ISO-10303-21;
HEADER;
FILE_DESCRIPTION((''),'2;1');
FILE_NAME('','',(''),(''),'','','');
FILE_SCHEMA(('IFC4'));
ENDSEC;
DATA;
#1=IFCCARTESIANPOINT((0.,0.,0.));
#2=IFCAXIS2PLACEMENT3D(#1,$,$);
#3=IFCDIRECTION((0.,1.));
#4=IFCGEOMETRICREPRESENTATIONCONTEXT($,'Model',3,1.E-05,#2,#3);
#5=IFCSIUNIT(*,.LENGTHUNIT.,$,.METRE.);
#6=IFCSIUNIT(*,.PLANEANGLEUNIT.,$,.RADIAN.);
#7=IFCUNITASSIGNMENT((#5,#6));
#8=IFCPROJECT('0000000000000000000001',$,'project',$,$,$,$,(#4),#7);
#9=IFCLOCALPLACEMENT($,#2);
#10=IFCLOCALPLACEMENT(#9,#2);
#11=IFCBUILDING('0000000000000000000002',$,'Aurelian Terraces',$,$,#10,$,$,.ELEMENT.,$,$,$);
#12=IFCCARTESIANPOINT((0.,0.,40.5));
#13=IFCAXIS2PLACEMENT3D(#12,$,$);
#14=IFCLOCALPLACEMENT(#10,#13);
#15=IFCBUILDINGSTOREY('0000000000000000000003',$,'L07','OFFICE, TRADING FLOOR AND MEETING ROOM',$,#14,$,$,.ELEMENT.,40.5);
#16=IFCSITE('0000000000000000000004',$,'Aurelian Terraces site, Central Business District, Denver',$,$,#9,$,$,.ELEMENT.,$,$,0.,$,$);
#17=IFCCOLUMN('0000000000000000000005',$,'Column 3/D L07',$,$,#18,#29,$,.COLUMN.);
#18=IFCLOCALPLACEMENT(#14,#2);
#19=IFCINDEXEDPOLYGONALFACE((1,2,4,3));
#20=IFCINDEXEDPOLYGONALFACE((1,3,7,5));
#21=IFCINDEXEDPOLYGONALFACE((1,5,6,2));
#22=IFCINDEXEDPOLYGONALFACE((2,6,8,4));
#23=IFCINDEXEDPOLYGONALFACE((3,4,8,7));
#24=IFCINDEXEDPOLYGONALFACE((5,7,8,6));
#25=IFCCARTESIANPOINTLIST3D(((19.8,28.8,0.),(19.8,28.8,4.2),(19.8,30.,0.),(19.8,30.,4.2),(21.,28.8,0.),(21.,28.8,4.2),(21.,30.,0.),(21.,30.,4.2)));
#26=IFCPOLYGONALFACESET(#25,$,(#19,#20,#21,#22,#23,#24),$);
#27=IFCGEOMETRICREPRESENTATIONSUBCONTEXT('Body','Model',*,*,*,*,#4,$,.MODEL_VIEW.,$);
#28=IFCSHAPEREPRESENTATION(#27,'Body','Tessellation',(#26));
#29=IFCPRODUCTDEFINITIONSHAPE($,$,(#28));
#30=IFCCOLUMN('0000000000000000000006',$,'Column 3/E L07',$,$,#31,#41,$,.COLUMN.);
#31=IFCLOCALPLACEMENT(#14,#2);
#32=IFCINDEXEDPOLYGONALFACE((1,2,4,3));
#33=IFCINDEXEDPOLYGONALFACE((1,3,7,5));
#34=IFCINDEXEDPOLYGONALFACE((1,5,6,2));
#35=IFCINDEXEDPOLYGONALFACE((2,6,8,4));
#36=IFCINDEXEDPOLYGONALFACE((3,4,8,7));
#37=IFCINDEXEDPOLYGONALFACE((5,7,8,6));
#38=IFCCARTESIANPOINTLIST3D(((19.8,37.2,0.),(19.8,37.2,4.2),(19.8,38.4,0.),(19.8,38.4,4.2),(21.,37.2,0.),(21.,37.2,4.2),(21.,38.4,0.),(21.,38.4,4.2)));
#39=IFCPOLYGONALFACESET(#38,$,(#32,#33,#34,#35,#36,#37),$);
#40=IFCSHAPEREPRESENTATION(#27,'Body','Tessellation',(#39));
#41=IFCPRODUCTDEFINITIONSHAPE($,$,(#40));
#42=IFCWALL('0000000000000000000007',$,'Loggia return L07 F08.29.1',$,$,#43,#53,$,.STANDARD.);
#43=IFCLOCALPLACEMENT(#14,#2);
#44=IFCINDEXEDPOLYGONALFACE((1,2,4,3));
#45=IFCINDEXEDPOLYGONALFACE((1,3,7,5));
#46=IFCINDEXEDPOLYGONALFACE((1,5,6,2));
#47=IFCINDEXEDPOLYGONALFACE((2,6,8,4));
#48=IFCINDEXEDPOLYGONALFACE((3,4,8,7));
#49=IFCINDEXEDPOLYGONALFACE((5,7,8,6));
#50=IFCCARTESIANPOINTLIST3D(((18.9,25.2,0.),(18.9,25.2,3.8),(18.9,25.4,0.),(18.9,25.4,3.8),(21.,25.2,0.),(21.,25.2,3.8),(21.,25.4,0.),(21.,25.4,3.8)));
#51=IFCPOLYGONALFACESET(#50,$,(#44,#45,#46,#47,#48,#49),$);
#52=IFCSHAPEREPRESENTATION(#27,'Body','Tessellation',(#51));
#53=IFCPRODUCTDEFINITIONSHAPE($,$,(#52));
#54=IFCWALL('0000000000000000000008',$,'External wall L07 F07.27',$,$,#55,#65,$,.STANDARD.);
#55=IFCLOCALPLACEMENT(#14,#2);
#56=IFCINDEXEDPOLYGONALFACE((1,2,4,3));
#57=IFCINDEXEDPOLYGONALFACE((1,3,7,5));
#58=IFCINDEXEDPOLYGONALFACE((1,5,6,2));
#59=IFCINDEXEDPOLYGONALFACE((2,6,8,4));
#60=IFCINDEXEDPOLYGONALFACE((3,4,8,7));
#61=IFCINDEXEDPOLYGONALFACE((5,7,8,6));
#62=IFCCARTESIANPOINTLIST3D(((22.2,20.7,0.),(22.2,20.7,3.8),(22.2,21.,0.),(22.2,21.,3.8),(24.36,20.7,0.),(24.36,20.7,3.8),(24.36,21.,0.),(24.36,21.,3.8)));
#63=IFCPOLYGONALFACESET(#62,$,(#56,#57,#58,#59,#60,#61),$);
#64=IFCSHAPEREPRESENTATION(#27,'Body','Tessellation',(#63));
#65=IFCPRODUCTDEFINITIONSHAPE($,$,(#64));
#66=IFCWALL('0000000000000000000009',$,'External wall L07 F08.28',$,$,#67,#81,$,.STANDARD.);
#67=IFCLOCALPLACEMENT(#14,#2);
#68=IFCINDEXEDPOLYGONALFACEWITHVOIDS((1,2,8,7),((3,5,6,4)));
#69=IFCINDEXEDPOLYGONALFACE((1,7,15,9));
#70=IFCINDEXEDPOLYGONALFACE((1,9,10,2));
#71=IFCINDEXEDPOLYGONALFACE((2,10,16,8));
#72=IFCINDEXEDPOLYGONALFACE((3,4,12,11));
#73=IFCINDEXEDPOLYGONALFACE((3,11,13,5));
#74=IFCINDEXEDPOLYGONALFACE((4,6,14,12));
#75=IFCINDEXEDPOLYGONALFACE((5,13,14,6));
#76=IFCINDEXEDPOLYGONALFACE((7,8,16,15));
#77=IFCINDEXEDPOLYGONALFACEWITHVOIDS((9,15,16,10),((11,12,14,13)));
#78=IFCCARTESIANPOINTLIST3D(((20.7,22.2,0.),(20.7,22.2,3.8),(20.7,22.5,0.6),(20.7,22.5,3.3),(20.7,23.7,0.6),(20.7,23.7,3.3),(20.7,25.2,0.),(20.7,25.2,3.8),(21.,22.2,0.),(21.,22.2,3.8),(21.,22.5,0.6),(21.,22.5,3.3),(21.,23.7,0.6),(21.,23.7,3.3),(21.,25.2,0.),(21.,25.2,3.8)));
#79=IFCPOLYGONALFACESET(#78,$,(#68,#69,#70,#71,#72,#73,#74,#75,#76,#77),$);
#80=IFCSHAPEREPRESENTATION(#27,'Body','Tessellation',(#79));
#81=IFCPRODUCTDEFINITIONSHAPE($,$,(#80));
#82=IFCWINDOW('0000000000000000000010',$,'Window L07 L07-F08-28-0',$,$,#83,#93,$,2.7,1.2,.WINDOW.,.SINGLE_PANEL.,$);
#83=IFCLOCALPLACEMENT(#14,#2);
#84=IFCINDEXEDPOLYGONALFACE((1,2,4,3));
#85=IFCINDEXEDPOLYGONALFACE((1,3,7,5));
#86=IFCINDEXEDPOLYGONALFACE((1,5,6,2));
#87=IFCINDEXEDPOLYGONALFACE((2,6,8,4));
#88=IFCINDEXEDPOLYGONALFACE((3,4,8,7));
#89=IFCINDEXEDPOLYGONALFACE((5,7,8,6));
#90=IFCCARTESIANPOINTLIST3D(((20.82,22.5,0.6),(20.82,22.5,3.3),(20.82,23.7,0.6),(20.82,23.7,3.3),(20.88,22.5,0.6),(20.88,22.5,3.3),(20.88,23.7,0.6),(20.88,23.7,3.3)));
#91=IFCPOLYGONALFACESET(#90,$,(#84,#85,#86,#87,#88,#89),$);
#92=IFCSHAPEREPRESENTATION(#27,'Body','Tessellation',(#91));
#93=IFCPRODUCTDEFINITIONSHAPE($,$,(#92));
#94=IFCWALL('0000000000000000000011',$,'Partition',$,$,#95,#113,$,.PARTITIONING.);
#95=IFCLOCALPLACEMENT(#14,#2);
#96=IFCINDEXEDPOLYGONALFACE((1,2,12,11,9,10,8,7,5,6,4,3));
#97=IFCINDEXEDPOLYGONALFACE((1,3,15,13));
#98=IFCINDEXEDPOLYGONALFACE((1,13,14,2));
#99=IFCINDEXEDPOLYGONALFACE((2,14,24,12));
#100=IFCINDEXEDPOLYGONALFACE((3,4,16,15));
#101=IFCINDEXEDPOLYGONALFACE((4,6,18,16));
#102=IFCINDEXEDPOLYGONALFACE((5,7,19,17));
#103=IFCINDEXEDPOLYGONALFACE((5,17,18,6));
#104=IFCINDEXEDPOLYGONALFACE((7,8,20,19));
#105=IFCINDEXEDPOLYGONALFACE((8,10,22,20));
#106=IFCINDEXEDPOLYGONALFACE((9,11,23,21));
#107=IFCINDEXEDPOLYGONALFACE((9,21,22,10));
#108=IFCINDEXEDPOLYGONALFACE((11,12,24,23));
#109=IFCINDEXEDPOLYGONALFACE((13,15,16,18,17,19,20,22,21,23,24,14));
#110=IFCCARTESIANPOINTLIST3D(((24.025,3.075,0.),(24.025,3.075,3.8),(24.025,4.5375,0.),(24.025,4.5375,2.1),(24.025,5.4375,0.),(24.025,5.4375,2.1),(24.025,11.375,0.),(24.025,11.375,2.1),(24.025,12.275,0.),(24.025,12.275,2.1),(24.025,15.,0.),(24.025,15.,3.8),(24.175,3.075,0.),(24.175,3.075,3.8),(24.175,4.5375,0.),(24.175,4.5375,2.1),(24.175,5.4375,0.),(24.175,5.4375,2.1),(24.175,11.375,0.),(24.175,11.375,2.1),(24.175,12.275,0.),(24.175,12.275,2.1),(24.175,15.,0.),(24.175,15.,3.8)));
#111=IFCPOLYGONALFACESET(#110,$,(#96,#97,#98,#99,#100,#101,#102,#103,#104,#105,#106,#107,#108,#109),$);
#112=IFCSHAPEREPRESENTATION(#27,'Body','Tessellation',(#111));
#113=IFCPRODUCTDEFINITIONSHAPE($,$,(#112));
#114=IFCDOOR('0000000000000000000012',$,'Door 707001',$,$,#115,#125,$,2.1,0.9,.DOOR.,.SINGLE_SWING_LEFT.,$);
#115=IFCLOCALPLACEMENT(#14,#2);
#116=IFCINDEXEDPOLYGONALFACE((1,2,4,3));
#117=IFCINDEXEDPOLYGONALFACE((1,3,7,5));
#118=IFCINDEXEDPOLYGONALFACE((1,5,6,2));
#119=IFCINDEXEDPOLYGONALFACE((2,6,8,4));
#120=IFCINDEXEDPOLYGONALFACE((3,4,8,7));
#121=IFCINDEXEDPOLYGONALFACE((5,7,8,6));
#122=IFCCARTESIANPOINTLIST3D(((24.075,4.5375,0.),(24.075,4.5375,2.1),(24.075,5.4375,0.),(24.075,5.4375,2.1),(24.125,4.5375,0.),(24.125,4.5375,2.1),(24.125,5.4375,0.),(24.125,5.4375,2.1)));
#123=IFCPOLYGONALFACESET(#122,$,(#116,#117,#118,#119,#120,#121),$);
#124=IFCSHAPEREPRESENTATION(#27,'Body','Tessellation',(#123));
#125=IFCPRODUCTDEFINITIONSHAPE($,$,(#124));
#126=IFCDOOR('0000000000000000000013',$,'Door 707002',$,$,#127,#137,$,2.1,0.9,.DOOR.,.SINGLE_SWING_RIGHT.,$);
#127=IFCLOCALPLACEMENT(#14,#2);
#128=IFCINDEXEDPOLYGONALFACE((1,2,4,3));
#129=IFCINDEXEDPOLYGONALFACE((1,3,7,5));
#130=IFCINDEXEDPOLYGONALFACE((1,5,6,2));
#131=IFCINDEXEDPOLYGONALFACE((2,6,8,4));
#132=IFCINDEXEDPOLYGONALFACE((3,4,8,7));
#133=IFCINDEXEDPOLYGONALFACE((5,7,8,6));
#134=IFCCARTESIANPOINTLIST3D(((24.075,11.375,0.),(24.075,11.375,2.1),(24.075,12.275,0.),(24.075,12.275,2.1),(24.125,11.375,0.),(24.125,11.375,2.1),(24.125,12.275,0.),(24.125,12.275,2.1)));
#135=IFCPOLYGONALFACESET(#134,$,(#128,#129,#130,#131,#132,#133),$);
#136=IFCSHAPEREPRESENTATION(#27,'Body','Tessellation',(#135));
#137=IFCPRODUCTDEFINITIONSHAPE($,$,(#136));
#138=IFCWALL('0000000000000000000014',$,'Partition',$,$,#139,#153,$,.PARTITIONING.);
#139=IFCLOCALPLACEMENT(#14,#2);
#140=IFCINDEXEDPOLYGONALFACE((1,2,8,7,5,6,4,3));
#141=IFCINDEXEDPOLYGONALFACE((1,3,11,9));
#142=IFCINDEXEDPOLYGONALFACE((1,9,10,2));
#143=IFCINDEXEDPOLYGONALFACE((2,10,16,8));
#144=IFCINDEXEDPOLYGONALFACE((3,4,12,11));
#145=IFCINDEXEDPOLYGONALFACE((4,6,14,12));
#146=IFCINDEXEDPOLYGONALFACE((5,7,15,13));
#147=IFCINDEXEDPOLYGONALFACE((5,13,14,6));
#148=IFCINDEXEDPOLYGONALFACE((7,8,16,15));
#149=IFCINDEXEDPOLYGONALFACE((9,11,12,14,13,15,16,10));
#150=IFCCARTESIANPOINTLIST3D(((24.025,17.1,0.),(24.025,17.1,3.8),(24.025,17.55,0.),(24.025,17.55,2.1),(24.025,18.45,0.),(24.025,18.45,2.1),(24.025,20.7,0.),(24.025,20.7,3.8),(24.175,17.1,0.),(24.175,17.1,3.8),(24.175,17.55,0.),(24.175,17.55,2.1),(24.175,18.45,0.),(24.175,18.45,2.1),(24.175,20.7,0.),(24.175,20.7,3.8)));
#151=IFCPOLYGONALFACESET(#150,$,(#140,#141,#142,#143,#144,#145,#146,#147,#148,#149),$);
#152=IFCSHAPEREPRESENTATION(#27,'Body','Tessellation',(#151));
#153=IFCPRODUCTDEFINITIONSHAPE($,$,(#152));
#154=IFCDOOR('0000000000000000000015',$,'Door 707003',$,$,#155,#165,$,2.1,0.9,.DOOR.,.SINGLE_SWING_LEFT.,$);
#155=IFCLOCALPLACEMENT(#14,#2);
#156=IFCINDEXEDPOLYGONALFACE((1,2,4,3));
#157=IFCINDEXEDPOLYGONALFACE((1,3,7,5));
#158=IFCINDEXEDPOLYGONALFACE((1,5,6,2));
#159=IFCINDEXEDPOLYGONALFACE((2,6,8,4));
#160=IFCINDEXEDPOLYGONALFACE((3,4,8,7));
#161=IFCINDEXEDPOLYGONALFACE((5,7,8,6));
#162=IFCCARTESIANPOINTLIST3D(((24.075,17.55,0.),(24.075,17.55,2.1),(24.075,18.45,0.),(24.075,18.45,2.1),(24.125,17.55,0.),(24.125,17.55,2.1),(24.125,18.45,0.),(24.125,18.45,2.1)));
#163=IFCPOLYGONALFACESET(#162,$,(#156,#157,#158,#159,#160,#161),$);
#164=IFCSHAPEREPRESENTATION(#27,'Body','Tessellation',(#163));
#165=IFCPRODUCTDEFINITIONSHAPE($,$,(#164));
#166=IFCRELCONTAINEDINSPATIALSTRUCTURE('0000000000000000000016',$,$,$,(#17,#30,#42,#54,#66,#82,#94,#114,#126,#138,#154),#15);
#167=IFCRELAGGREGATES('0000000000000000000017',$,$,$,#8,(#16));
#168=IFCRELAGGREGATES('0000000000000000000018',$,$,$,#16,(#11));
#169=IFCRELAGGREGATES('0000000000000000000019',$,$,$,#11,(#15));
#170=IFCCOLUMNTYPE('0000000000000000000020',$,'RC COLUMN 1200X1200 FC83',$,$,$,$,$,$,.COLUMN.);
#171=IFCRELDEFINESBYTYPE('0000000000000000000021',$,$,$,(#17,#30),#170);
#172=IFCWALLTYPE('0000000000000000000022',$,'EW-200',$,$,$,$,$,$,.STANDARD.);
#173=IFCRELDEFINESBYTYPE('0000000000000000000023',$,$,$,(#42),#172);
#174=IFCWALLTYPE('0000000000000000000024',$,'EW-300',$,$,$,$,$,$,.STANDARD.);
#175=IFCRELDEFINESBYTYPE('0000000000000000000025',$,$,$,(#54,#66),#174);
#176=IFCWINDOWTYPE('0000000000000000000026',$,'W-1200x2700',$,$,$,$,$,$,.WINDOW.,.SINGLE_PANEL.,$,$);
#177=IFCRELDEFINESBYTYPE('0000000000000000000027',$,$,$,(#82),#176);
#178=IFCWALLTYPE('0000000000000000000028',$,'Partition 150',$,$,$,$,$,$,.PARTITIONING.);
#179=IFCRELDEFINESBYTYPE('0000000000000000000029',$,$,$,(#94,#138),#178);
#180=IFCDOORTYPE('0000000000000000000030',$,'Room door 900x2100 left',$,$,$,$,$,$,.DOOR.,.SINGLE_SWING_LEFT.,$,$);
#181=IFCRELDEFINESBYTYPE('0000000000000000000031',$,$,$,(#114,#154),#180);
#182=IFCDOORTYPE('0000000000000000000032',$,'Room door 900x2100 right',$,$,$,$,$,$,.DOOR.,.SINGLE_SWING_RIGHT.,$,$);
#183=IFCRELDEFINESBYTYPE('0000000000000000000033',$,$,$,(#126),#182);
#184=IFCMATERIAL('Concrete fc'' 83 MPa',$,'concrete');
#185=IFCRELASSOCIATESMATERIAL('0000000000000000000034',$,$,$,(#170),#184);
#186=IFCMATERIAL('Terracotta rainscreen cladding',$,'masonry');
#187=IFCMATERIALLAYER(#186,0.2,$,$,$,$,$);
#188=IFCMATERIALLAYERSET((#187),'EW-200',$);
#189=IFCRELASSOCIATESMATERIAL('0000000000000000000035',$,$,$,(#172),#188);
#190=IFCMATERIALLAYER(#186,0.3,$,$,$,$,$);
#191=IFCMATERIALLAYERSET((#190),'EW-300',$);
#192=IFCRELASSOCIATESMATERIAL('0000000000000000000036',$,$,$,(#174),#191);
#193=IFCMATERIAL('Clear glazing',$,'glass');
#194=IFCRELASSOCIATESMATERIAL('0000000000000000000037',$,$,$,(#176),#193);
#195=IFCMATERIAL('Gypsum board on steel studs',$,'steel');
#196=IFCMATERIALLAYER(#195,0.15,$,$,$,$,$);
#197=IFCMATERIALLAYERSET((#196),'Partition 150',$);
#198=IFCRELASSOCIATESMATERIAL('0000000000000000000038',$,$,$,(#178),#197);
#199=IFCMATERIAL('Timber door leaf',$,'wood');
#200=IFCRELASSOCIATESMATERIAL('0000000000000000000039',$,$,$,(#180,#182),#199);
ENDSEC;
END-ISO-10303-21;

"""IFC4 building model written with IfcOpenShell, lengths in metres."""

from ifc_helpers import new_model, si_unit, direction, frame, frame_2d, origin, origin_2d, place, context, subcontext, project, spatial, rectangle, extrude, source, transform, mapped, material, layer, layer_set, material_profile, profile_set, type_object, element, fill, save


model = new_model("IFC4")

# Units and contexts
model_context = context("Model", 3, precision=1e-05, world=origin(), true_north=direction((0.0, 1.0)))
body_context = subcontext(model_context, "Body", "Model", "MODEL_VIEW")
ifc_project = project(units=[si_unit("LENGTHUNIT", "METRE"), si_unit("PLANEANGLEUNIT", "RADIAN")], contexts=[model_context])

# Site, building, storey
site_placement = place(None, origin())
site = spatial("IfcSite", under=ifc_project, at=site_placement, Name="Aurelian Terraces site, Central Business District, Denver", CompositionType="ELEMENT", RefElevation=0.0)
building_placement = place(site_placement, origin())
building = spatial("IfcBuilding", under=site, at=building_placement, Name="Aurelian Terraces", CompositionType="ELEMENT")
storey_placement = place(building_placement, frame((0.0, 0.0, 40.5)))
storey = spatial("IfcBuildingStorey", under=building, at=storey_placement, Name="L07", Description="OFFICE, TRADING FLOOR AND MEETING ROOM", CompositionType="ELEMENT", Elevation=40.5)

# Columns
ifc_material_1 = material(Name="Concrete fc' 83 MPa", Category="concrete")
ifc_material_profile = material_profile(ifc_material_1, rectangle(XDim=1.2, YDim=1.2, at=origin_2d()))
ifc_profile_set = profile_set([ifc_material_profile], Name="Concrete fc' 83 MPa")
column_type = type_object("IfcColumnType", Name="RC COLUMN 1200X1200 FC83", PredefinedType="COLUMN", material=ifc_profile_set)
shared_shape_1 = source(origin(), body_context, "Body", "SweptSolid", [
    extrude(rectangle(XDim=1.2, YDim=1.2, at=origin_2d()), origin(), (0.0, 0.0, 1.0), 4.2),
])
for number, where, z_axis, x_axis, name in (
    (1, (20.4, 29.4, 0.0), (0.0, 0.0, 1.0), (1.0, 0.0, 0.0), "Column 3/D L07"),
    (2, (20.4, 37.8, 0.0), (0.0, 0.0, 1.0), (1.0, 0.0, 0.0), "Column 3/E L07"),
):
    element("IfcColumn", number, at=place(storey_placement, frame(where, z_axis=z_axis, x_axis=x_axis)), inside=storey, type_object=column_type, Name=name, PredefinedType="COLUMN", context=body_context, shape_type="MappedRepresentation", body=[
        mapped(shared_shape_1, transform((0.0, 0.0, 0.0), scale=1.0)),
    ])

# Walls
ifc_material_2 = material(Name="Terracotta rainscreen cladding", Category="masonry")
ifc_layer_1 = layer(ifc_material_2, 0.2)
ifc_layer_set_1 = layer_set([ifc_layer_1], Name="EW-200")
wall_type_1 = type_object("IfcWallType", Name="EW-200", PredefinedType="STANDARD", material=ifc_layer_set_1)
wall_1_placement = place(storey_placement, frame((21.0, 25.3, 0.0), z_axis=(0.0, 0.0, 1.0), x_axis=(-1.0, 0.0, 0.0)))
element("IfcWall", 3, at=wall_1_placement, inside=storey, type_object=wall_type_1, Name="Loggia return L07 F08.29.1", PredefinedType="STANDARD", context=body_context, shape_type="SweptSolid", body=[
    extrude(rectangle(XDim=2.1, YDim=0.2, at=frame_2d((1.05, 0.0))), origin(), (0.0, 0.0, 1.0), 3.8),
])
ifc_layer_2 = layer(ifc_material_2, 0.3)
ifc_layer_set_2 = layer_set([ifc_layer_2], Name="EW-300")
wall_type_2 = type_object("IfcWallType", Name="EW-300", PredefinedType="STANDARD", material=ifc_layer_set_2)
wall_2_placement = place(storey_placement, frame((24.36, 20.85, 0.0), z_axis=(0.0, 0.0, 1.0), x_axis=(-1.0, 0.0, 0.0)))
element("IfcWall", 4, at=wall_2_placement, inside=storey, type_object=wall_type_2, Name="External wall L07 F07.27", PredefinedType="STANDARD", context=body_context, shape_type="SweptSolid", body=[
    extrude(rectangle(XDim=2.16, YDim=0.3, at=frame_2d((1.08, 0.0))), origin(), (0.0, 0.0, 1.0), 3.8),
])

# Wall, opening, window
wall_3_placement = place(storey_placement, frame((20.85, 22.2, 0.0), z_axis=(0.0, 0.0, 1.0), x_axis=(0.0, 1.0, 0.0)))
wall_3 = element("IfcWall", 5, at=wall_3_placement, inside=storey, type_object=wall_type_2, Name="External wall L07 F08.28", PredefinedType="STANDARD", context=body_context, shape_type="SweptSolid", body=[
    extrude(rectangle(XDim=3.0, YDim=0.3, at=frame_2d((1.5, 0.0))), origin(), (0.0, 0.0, 1.0), 3.8),
])
shared_shape_2 = source(origin(), body_context, "Body", "SweptSolid", [
    extrude(rectangle(XDim=1.2, YDim=2.7, at=frame_2d((0.6, 1.35))), frame((0.0, 0.16, 0.0), z_axis=(0.0, -1.0, 0.0), x_axis=(1.0, 0.0, 0.0)), (0.0, 0.0, 1.0), 0.32),
])
opening_1_placement = place(wall_3_placement, frame((0.3, 0.0, 0.6)))
opening_1 = element("IfcOpeningElement", 6, at=opening_1_placement, cuts=wall_3, PredefinedType="OPENING", context=body_context, shape_type="MappedRepresentation", body=[
    mapped(shared_shape_2, transform((0.0, 0.0, 0.0), scale=1.0)),
])
ifc_material_3 = material(Name="Clear glazing", Category="glass")
window_type_1 = type_object("IfcWindowType", Name="W-1200x2700", PartitioningType="SINGLE_PANEL", PredefinedType="WINDOW", material=ifc_material_3)
shared_shape_3 = source(origin(), body_context, "Body", "SweptSolid", [
    extrude(rectangle(XDim=1.2, YDim=2.7, at=frame_2d((0.6, 1.35))), frame((0.0, 0.03, 0.0), z_axis=(0.0, -1.0, 0.0), x_axis=(1.0, 0.0, 0.0)), (0.0, 0.0, 1.0), 0.06),
])
window_1_placement = place(opening_1_placement, origin())
window_1 = element("IfcWindow", 7, at=window_1_placement, inside=storey, type_object=window_type_1, Name="Window L07 L07-F08-28-0", OverallHeight=2.7, OverallWidth=1.2, PartitioningType="SINGLE_PANEL", PredefinedType="WINDOW", context=body_context, shape_type="MappedRepresentation", body=[
    mapped(shared_shape_3, transform((0.0, 0.0, 0.0), scale=1.0)),
])
fill(opening_1, window_1)

# Wall, openings, doors
ifc_material_4 = material(Name="Gypsum board on steel studs", Category="steel")
ifc_layer_3 = layer(ifc_material_4, 0.15)
ifc_layer_set_3 = layer_set([ifc_layer_3], Name="Partition 150")
wall_type_3 = type_object("IfcWallType", Name="Partition 150", PredefinedType="PARTITIONING", material=ifc_layer_set_3)
wall_4_placement = place(storey_placement, frame((24.1, 15.0, 0.0), z_axis=(0.0, 0.0, 1.0), x_axis=(0.0, -1.0, 0.0)))
wall_4 = element("IfcWall", 8, at=wall_4_placement, inside=storey, type_object=wall_type_3, Name="Partition", PredefinedType="PARTITIONING", context=body_context, shape_type="SweptSolid", body=[
    extrude(rectangle(XDim=11.925, YDim=0.15, at=frame_2d((5.9625, 0.0))), origin(), (0.0, 0.0, 1.0), 3.8),
])
opening_2_placement = place(wall_4_placement, frame((9.5625, 0.0, 0.0)))
opening_2 = element("IfcOpeningElement", 9, at=opening_2_placement, cuts=wall_4, PredefinedType="OPENING", context=body_context, shape_type="SweptSolid", body=[
    extrude(rectangle(XDim=0.9, YDim=2.1, at=frame_2d((0.45, 1.05))), frame((0.0, 0.085, 0.0), z_axis=(0.0, -1.0, 0.0), x_axis=(1.0, 0.0, 0.0)), (0.0, 0.0, 1.0), 0.17),
])
shared_shape_4 = source(origin(), body_context, "Body", "SweptSolid", [
    extrude(rectangle(XDim=0.9, YDim=2.1, at=frame_2d((0.45, 1.05))), frame((0.0, 0.085, 0.0), z_axis=(0.0, -1.0, 0.0), x_axis=(1.0, 0.0, 0.0)), (0.0, 0.0, 1.0), 0.17),
])
opening_3_placement = place(wall_4_placement, frame((2.725, 0.0, 0.0)))
opening_3 = element("IfcOpeningElement", 10, at=opening_3_placement, cuts=wall_4, PredefinedType="OPENING", context=body_context, shape_type="MappedRepresentation", body=[
    mapped(shared_shape_4, transform((0.0, 0.0, 0.0), scale=1.0)),
])
ifc_material_5 = material(Name="Timber door leaf", Category="wood")
door_type_1 = type_object("IfcDoorType", Name="Room door 900x2100 left", OperationType="SINGLE_SWING_LEFT", PredefinedType="DOOR", material=ifc_material_5)
shared_shape_5 = source(origin(), body_context, "Body", "SweptSolid", [
    extrude(rectangle(XDim=0.9, YDim=2.1, at=frame_2d((0.45, 1.05))), frame((0.0, 0.025, 0.0), z_axis=(0.0, -1.0, 0.0), x_axis=(1.0, 0.0, 0.0)), (0.0, 0.0, 1.0), 0.05),
])
door_1_placement = place(opening_2_placement, origin())
door_1 = element("IfcDoor", 11, at=door_1_placement, inside=storey, type_object=door_type_1, Name="Door 707001", OperationType="SINGLE_SWING_LEFT", OverallHeight=2.1, OverallWidth=0.9, PredefinedType="DOOR", context=body_context, shape_type="MappedRepresentation", body=[
    mapped(shared_shape_5, transform((0.0, 0.0, 0.0), scale=1.0)),
])
fill(opening_2, door_1)
door_type_2 = type_object("IfcDoorType", Name="Room door 900x2100 right", OperationType="SINGLE_SWING_RIGHT", PredefinedType="DOOR", material=ifc_material_5)
door_2_placement = place(opening_3_placement, origin())
door_2 = element("IfcDoor", 12, at=door_2_placement, inside=storey, type_object=door_type_2, Name="Door 707002", OperationType="SINGLE_SWING_RIGHT", OverallHeight=2.1, OverallWidth=0.9, PredefinedType="DOOR", context=body_context, shape_type="MappedRepresentation", body=[
    mapped(shared_shape_5, transform((0.0, 0.0, 0.0), scale=1.0)),
])
fill(opening_3, door_2)

# Wall, opening, door
wall_5_placement = place(storey_placement, frame((24.1, 20.7, 0.0), z_axis=(0.0, 0.0, 1.0), x_axis=(0.0, -1.0, 0.0)))
wall_5 = element("IfcWall", 13, at=wall_5_placement, inside=storey, type_object=wall_type_3, Name="Partition", PredefinedType="PARTITIONING", context=body_context, shape_type="SweptSolid", body=[
    extrude(rectangle(XDim=3.6, YDim=0.15, at=frame_2d((1.8, 0.0))), origin(), (0.0, 0.0, 1.0), 3.8),
])
opening_4_placement = place(wall_5_placement, frame((2.25, 0.0, 0.0)))
opening_4 = element("IfcOpeningElement", 14, at=opening_4_placement, cuts=wall_5, PredefinedType="OPENING", context=body_context, shape_type="MappedRepresentation", body=[
    mapped(shared_shape_4, transform((0.0, 0.0, 0.0), scale=1.0)),
])
door_3_placement = place(opening_4_placement, origin())
door_3 = element("IfcDoor", 15, at=door_3_placement, inside=storey, type_object=door_type_1, Name="Door 707003", OperationType="SINGLE_SWING_LEFT", OverallHeight=2.1, OverallWidth=0.9, PredefinedType="DOOR", context=body_context, shape_type="MappedRepresentation", body=[
    mapped(shared_shape_5, transform((0.0, 0.0, 0.0), scale=1.0)),
])
fill(opening_4, door_3)

save(model, "model.ifc")
